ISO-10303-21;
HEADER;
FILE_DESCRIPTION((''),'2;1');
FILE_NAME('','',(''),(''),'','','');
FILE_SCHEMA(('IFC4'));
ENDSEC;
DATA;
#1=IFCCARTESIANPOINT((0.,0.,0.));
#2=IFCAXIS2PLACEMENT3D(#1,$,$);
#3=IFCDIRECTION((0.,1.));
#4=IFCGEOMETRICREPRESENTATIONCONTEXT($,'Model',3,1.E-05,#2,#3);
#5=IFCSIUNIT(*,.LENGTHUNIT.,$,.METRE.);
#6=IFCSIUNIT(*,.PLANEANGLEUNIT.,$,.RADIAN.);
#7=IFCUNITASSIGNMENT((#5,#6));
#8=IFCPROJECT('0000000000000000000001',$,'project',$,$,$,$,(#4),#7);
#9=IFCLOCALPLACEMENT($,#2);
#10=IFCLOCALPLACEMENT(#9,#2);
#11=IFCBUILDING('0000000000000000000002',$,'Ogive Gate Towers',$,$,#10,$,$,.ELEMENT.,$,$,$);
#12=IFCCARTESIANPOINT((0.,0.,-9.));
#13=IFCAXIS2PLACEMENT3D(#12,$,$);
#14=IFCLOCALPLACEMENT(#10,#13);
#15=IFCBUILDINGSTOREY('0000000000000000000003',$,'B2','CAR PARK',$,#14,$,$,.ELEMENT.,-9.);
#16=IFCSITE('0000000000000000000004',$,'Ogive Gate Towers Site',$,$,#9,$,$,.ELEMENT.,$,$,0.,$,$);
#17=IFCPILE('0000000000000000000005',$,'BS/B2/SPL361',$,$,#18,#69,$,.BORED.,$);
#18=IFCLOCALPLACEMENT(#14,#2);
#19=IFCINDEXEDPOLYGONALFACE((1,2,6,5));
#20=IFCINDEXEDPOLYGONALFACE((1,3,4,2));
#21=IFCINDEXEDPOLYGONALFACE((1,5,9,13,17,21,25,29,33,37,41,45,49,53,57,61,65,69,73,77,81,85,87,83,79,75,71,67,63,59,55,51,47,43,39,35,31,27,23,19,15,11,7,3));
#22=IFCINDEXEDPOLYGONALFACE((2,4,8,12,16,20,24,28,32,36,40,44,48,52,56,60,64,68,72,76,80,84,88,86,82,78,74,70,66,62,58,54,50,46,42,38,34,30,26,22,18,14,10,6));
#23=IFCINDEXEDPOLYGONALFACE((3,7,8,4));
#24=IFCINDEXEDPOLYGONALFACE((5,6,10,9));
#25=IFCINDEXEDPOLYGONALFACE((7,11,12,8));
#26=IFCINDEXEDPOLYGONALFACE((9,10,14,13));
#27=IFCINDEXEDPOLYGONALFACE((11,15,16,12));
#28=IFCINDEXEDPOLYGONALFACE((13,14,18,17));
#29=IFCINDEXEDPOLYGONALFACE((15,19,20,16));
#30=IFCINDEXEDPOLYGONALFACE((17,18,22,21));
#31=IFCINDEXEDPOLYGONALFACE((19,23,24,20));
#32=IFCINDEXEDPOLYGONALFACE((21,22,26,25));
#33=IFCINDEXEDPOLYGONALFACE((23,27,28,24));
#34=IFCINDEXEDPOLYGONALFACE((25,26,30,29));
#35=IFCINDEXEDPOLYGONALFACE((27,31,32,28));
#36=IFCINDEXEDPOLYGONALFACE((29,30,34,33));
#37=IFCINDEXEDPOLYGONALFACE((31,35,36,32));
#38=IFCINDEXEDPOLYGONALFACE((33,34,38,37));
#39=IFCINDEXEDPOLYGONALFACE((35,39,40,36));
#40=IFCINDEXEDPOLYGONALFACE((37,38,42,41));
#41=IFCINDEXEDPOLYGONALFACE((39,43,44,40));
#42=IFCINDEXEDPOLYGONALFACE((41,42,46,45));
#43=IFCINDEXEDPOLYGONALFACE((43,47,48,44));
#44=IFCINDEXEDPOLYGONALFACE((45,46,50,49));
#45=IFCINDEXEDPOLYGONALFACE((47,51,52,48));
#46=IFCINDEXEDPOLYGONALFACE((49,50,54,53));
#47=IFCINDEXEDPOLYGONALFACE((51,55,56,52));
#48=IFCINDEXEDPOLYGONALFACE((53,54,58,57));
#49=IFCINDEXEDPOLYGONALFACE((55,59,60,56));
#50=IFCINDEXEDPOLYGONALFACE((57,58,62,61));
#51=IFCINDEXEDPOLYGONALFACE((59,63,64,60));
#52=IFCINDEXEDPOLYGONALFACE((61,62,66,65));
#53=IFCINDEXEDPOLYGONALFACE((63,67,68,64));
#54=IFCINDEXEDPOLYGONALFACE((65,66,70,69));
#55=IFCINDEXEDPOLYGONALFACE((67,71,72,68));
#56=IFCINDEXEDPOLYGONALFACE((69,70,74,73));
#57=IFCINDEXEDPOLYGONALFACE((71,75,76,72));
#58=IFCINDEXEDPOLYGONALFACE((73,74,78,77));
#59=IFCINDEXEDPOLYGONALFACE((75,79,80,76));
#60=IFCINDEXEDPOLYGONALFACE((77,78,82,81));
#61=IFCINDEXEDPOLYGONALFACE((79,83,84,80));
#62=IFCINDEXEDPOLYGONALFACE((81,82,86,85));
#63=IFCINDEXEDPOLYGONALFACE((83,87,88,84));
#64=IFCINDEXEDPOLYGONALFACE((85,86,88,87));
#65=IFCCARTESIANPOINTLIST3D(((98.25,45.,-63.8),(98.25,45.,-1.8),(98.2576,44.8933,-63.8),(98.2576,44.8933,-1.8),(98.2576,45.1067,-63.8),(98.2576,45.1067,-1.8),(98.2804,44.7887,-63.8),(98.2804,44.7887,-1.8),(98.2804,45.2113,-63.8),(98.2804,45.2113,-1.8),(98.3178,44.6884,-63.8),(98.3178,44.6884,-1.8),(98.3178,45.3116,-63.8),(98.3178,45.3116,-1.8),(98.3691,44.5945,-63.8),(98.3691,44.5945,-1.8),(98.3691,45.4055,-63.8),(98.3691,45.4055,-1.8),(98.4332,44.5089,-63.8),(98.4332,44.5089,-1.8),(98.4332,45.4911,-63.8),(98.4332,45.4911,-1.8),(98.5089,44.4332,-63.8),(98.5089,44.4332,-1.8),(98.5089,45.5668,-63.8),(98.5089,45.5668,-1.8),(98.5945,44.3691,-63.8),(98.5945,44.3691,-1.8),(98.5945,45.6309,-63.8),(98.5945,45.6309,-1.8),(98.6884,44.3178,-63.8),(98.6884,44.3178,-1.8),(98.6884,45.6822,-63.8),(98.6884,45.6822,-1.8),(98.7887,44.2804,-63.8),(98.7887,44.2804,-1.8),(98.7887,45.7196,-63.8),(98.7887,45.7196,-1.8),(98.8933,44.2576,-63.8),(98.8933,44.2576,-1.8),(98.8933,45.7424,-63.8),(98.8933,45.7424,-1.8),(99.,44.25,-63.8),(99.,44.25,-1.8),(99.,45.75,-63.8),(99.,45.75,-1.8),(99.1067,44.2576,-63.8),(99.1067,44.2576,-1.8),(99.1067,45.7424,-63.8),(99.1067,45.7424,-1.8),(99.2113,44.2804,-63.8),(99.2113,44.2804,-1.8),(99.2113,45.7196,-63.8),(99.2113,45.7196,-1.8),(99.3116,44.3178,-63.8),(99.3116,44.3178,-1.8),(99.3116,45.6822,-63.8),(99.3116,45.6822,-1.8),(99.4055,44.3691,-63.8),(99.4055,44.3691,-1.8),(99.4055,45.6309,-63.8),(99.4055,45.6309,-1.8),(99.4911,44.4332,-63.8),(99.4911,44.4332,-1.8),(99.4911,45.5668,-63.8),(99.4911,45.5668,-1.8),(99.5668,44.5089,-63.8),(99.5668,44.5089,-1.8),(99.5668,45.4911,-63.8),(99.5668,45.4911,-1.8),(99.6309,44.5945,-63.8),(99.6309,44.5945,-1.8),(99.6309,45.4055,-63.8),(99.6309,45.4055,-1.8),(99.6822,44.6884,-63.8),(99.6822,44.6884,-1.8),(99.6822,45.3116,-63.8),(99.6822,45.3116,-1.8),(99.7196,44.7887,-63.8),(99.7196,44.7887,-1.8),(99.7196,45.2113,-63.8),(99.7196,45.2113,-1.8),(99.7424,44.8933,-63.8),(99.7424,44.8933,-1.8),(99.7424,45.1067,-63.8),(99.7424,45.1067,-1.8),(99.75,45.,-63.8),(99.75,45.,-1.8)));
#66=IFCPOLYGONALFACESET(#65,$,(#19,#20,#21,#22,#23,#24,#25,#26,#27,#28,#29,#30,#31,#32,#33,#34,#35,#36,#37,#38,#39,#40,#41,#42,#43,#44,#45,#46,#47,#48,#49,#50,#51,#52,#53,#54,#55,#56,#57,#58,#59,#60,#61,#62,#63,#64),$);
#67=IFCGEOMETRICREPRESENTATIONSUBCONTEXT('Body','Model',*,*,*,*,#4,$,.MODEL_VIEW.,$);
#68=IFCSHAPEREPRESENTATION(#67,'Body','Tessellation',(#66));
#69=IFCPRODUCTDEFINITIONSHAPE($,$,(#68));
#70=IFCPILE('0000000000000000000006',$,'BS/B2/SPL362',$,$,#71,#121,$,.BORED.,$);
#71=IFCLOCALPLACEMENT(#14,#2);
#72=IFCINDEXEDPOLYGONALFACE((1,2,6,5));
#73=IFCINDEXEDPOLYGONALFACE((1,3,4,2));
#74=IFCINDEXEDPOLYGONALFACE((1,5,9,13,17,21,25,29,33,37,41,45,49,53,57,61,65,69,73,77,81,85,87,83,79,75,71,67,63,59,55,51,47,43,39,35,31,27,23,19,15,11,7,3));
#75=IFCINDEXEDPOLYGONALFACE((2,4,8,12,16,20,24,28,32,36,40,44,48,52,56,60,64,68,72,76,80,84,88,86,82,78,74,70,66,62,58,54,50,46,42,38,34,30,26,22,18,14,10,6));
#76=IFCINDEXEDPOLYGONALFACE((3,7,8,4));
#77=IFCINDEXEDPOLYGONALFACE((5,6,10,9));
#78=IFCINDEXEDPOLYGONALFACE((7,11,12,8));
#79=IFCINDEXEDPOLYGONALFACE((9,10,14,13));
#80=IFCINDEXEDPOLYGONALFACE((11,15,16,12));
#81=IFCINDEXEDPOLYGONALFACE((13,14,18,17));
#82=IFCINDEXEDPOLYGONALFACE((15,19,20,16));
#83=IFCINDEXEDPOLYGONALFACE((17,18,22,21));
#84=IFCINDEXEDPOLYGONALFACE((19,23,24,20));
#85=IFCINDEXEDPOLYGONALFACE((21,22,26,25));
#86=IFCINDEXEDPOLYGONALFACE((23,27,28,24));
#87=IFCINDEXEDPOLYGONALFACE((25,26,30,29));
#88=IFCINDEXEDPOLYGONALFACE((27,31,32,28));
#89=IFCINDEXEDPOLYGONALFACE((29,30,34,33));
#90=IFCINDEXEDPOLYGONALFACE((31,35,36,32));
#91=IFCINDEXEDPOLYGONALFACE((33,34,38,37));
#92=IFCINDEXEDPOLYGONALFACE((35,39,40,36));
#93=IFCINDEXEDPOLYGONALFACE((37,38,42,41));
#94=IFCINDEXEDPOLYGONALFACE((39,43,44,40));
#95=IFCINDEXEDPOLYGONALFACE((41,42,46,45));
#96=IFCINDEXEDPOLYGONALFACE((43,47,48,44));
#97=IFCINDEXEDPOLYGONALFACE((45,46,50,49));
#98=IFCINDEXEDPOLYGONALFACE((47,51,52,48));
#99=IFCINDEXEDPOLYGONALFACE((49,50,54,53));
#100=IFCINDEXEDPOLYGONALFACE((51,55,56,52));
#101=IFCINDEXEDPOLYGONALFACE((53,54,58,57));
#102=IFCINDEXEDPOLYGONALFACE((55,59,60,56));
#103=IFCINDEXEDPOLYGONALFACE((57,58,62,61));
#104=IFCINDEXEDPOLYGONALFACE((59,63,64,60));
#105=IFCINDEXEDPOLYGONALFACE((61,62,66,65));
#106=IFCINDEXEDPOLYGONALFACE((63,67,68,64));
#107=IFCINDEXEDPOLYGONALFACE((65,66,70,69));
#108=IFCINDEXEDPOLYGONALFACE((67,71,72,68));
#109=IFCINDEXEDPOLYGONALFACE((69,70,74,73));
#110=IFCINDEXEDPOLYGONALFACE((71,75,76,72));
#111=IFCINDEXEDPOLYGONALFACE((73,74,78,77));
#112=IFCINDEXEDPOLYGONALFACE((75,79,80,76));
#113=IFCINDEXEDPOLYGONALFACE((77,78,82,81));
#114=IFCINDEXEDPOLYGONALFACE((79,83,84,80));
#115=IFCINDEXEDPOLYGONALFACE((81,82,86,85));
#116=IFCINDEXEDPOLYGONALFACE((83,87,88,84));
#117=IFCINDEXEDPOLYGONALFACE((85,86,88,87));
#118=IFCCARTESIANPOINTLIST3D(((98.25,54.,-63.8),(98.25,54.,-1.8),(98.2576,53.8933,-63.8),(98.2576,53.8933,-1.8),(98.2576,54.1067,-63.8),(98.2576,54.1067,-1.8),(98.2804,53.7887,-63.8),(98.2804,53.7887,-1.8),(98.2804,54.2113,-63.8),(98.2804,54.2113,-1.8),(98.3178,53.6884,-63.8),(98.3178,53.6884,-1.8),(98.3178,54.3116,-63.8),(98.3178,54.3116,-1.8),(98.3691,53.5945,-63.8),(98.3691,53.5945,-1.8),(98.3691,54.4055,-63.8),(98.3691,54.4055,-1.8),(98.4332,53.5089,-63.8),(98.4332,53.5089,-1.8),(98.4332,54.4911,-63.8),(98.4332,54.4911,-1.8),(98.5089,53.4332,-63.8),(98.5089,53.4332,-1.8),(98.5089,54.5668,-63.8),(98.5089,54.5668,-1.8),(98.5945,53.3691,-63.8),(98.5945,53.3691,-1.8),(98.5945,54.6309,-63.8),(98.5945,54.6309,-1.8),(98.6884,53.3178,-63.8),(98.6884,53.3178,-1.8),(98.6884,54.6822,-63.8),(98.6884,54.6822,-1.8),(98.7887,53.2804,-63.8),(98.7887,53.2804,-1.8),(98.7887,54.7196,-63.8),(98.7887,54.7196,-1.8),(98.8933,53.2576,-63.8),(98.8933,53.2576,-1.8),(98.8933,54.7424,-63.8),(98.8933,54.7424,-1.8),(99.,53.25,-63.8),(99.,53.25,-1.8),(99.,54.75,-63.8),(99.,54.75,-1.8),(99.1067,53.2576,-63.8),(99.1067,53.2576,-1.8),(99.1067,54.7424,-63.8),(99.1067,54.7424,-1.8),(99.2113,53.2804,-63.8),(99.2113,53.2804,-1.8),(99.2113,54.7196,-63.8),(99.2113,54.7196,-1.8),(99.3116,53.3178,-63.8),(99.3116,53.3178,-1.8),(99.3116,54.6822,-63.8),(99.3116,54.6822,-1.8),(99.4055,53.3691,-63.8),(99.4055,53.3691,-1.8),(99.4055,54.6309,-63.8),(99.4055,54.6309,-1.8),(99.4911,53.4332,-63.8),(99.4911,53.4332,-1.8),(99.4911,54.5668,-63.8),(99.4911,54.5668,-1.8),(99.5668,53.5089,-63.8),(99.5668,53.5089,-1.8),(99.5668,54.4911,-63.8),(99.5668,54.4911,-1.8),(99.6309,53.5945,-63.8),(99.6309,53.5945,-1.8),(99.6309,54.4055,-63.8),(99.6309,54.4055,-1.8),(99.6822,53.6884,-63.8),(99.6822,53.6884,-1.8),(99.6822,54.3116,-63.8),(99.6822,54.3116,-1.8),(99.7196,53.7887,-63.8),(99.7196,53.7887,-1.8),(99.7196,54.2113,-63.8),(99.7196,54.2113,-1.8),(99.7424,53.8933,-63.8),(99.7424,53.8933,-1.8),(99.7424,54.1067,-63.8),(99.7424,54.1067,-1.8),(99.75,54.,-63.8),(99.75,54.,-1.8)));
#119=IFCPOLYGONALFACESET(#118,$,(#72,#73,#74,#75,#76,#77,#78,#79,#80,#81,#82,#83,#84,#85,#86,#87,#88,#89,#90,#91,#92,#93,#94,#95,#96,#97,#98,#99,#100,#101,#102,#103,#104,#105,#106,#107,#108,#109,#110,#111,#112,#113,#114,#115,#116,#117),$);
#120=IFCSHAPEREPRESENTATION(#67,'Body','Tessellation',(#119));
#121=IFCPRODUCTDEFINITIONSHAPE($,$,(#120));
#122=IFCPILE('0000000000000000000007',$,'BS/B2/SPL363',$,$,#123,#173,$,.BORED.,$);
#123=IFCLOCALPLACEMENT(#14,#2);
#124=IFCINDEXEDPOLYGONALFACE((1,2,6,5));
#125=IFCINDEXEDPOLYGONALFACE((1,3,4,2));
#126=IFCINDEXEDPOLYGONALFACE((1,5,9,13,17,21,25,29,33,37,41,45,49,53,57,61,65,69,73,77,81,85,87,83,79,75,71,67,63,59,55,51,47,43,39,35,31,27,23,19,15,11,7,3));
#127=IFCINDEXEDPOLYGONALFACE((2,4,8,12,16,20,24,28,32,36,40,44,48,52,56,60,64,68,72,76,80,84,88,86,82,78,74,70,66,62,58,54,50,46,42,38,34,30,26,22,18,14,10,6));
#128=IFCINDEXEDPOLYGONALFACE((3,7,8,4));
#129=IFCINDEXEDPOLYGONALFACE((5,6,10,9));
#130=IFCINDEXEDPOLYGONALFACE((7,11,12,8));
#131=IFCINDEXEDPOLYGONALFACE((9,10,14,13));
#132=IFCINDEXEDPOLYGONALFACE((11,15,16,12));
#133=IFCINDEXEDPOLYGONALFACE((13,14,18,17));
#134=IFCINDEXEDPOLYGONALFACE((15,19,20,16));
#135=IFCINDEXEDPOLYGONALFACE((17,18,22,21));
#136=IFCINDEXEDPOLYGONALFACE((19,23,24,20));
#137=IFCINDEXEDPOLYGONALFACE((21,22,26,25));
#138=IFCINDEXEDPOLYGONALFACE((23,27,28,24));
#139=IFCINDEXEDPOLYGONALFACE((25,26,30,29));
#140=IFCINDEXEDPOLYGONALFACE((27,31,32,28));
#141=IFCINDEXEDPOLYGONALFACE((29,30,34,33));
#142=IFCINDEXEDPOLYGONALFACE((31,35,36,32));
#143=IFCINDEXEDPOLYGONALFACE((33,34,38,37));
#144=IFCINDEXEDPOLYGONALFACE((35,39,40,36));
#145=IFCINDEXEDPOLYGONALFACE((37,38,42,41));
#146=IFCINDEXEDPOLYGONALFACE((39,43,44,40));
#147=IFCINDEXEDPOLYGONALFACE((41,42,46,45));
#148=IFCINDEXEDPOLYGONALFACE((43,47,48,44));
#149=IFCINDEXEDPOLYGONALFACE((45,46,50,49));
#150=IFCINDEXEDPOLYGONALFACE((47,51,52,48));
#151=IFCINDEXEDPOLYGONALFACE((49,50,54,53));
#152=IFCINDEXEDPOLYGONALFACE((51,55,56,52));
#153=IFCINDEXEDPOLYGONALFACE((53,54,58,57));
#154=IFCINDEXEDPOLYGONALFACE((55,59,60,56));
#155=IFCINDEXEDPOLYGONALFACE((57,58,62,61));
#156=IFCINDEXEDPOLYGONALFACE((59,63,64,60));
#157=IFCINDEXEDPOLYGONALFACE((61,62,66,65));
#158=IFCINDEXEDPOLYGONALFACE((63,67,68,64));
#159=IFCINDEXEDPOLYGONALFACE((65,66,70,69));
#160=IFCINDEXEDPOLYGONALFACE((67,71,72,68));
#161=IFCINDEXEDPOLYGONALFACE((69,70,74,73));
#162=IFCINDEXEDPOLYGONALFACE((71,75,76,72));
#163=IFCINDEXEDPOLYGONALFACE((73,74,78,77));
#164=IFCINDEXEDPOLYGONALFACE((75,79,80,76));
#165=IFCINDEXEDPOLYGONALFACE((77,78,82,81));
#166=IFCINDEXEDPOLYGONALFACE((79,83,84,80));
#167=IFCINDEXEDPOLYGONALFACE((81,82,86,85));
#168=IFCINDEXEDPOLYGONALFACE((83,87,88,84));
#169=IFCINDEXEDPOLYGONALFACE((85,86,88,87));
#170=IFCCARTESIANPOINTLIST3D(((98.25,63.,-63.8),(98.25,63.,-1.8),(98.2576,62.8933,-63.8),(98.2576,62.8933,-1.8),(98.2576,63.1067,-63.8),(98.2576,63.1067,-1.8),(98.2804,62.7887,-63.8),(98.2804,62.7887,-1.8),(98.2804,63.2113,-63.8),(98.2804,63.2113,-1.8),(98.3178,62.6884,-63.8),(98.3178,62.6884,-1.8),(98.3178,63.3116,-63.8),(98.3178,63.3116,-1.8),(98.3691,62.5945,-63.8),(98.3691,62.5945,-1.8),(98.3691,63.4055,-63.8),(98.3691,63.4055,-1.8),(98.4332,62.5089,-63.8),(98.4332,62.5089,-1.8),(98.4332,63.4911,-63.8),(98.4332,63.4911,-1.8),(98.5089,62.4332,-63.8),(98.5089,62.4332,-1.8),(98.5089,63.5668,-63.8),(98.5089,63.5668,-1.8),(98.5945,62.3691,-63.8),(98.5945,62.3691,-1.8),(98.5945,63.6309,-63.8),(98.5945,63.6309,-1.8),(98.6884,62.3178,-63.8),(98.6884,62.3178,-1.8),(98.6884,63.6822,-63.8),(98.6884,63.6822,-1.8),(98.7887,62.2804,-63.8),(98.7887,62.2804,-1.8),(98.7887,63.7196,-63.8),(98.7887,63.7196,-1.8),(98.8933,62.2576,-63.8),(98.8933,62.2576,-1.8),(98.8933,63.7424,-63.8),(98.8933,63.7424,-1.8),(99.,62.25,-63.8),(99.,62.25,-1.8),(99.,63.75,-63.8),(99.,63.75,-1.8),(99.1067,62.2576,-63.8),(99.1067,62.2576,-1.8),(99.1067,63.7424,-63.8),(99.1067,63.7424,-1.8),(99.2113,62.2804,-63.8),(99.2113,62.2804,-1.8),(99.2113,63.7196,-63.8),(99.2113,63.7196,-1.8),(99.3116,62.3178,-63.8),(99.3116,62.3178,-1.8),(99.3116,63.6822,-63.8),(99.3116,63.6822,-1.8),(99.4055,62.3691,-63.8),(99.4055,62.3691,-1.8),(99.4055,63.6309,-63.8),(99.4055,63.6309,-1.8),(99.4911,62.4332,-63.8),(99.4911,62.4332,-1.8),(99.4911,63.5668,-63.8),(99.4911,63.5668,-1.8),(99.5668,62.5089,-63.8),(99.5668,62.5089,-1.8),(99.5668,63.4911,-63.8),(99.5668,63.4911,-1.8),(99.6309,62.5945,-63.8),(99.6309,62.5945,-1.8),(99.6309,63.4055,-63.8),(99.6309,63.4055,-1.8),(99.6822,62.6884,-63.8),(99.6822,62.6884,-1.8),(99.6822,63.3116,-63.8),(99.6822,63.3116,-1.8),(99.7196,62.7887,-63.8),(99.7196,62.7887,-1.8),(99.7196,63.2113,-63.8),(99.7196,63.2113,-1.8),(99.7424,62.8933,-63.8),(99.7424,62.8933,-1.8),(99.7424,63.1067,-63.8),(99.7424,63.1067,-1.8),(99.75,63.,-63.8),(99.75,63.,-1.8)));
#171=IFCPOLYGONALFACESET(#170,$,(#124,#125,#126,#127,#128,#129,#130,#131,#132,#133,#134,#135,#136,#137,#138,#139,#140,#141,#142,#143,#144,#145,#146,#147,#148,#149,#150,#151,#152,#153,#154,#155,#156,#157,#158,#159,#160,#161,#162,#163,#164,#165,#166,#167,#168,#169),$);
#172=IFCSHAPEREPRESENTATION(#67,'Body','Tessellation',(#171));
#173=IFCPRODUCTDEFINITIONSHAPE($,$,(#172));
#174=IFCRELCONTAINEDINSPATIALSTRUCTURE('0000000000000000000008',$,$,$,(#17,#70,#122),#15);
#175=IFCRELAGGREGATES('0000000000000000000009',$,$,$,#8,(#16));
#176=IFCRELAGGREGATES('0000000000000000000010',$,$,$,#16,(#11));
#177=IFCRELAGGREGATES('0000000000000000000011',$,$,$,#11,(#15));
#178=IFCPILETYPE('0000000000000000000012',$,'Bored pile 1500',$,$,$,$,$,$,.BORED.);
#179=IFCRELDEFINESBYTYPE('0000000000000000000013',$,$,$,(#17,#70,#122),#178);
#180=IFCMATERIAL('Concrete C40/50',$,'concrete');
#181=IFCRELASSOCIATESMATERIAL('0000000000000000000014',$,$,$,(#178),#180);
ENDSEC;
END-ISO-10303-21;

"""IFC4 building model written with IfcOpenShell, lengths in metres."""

from ifc_helpers import new_model, si_unit, direction, frame, origin, origin_2d, place, context, subcontext, project, spatial, circle, extrude, material, material_profile, profile_set, type_object, element, save


model = new_model("IFC4")

# Units and contexts
model_context = context("Model", 3, precision=1e-05, world=origin(), true_north=direction((0.0, 1.0)))
body_context = subcontext(model_context, "Body", "Model", "MODEL_VIEW")
ifc_project = project(units=[si_unit("LENGTHUNIT", "METRE"), si_unit("PLANEANGLEUNIT", "RADIAN")], contexts=[model_context])

# Site, building, storey
site_placement = place(None, origin())
site = spatial("IfcSite", under=ifc_project, at=site_placement, Name="Ogive Gate Towers Site", CompositionType="ELEMENT", RefElevation=0.0)
building_placement = place(site_placement, origin())
building = spatial("IfcBuilding", under=site, at=building_placement, Name="Ogive Gate Towers", CompositionType="ELEMENT")
storey_placement = place(building_placement, frame((0.0, 0.0, -9.0)))
storey = spatial("IfcBuildingStorey", under=building, at=storey_placement, Name="B2", Description="CAR PARK", CompositionType="ELEMENT", Elevation=-9.0)

# Piles
ifc_material_1 = material(Name="Concrete C40/50", Category="concrete")
ifc_material_profile_1 = material_profile(ifc_material_1, circle(Radius=0.75, at=origin_2d()), Name="BP 1500")
ifc_profile_set_1 = profile_set([ifc_material_profile_1], Name="Concrete C40/50")
pile_type = type_object("IfcPileType", Name="Bored pile 1500", PredefinedType="BORED", material=ifc_profile_set_1)
for number, where, z_axis, x_axis, name in (
    (1, (99.0, 45.0, -1.8), (0.0, 0.0, -1.0), (1.0, 0.0, 0.0), "BS/B2/SPL361"),
    (2, (99.0, 54.0, -1.8), (0.0, 0.0, -1.0), (1.0, 0.0, 0.0), "BS/B2/SPL362"),
    (3, (99.0, 63.0, -1.8), (0.0, 0.0, -1.0), (1.0, 0.0, 0.0), "BS/B2/SPL363"),
):
    element("IfcPile", number, at=place(storey_placement, frame(where, z_axis=z_axis, x_axis=x_axis)), inside=storey, type_object=pile_type, Name=name, PredefinedType="BORED", context=body_context, shape_type="SweptSolid", body=[
        extrude(circle(Radius=0.75, at=origin_2d()), origin(), (0.0, 0.0, 1.0), 62.0),
    ])

save(model, "model.ifc")
